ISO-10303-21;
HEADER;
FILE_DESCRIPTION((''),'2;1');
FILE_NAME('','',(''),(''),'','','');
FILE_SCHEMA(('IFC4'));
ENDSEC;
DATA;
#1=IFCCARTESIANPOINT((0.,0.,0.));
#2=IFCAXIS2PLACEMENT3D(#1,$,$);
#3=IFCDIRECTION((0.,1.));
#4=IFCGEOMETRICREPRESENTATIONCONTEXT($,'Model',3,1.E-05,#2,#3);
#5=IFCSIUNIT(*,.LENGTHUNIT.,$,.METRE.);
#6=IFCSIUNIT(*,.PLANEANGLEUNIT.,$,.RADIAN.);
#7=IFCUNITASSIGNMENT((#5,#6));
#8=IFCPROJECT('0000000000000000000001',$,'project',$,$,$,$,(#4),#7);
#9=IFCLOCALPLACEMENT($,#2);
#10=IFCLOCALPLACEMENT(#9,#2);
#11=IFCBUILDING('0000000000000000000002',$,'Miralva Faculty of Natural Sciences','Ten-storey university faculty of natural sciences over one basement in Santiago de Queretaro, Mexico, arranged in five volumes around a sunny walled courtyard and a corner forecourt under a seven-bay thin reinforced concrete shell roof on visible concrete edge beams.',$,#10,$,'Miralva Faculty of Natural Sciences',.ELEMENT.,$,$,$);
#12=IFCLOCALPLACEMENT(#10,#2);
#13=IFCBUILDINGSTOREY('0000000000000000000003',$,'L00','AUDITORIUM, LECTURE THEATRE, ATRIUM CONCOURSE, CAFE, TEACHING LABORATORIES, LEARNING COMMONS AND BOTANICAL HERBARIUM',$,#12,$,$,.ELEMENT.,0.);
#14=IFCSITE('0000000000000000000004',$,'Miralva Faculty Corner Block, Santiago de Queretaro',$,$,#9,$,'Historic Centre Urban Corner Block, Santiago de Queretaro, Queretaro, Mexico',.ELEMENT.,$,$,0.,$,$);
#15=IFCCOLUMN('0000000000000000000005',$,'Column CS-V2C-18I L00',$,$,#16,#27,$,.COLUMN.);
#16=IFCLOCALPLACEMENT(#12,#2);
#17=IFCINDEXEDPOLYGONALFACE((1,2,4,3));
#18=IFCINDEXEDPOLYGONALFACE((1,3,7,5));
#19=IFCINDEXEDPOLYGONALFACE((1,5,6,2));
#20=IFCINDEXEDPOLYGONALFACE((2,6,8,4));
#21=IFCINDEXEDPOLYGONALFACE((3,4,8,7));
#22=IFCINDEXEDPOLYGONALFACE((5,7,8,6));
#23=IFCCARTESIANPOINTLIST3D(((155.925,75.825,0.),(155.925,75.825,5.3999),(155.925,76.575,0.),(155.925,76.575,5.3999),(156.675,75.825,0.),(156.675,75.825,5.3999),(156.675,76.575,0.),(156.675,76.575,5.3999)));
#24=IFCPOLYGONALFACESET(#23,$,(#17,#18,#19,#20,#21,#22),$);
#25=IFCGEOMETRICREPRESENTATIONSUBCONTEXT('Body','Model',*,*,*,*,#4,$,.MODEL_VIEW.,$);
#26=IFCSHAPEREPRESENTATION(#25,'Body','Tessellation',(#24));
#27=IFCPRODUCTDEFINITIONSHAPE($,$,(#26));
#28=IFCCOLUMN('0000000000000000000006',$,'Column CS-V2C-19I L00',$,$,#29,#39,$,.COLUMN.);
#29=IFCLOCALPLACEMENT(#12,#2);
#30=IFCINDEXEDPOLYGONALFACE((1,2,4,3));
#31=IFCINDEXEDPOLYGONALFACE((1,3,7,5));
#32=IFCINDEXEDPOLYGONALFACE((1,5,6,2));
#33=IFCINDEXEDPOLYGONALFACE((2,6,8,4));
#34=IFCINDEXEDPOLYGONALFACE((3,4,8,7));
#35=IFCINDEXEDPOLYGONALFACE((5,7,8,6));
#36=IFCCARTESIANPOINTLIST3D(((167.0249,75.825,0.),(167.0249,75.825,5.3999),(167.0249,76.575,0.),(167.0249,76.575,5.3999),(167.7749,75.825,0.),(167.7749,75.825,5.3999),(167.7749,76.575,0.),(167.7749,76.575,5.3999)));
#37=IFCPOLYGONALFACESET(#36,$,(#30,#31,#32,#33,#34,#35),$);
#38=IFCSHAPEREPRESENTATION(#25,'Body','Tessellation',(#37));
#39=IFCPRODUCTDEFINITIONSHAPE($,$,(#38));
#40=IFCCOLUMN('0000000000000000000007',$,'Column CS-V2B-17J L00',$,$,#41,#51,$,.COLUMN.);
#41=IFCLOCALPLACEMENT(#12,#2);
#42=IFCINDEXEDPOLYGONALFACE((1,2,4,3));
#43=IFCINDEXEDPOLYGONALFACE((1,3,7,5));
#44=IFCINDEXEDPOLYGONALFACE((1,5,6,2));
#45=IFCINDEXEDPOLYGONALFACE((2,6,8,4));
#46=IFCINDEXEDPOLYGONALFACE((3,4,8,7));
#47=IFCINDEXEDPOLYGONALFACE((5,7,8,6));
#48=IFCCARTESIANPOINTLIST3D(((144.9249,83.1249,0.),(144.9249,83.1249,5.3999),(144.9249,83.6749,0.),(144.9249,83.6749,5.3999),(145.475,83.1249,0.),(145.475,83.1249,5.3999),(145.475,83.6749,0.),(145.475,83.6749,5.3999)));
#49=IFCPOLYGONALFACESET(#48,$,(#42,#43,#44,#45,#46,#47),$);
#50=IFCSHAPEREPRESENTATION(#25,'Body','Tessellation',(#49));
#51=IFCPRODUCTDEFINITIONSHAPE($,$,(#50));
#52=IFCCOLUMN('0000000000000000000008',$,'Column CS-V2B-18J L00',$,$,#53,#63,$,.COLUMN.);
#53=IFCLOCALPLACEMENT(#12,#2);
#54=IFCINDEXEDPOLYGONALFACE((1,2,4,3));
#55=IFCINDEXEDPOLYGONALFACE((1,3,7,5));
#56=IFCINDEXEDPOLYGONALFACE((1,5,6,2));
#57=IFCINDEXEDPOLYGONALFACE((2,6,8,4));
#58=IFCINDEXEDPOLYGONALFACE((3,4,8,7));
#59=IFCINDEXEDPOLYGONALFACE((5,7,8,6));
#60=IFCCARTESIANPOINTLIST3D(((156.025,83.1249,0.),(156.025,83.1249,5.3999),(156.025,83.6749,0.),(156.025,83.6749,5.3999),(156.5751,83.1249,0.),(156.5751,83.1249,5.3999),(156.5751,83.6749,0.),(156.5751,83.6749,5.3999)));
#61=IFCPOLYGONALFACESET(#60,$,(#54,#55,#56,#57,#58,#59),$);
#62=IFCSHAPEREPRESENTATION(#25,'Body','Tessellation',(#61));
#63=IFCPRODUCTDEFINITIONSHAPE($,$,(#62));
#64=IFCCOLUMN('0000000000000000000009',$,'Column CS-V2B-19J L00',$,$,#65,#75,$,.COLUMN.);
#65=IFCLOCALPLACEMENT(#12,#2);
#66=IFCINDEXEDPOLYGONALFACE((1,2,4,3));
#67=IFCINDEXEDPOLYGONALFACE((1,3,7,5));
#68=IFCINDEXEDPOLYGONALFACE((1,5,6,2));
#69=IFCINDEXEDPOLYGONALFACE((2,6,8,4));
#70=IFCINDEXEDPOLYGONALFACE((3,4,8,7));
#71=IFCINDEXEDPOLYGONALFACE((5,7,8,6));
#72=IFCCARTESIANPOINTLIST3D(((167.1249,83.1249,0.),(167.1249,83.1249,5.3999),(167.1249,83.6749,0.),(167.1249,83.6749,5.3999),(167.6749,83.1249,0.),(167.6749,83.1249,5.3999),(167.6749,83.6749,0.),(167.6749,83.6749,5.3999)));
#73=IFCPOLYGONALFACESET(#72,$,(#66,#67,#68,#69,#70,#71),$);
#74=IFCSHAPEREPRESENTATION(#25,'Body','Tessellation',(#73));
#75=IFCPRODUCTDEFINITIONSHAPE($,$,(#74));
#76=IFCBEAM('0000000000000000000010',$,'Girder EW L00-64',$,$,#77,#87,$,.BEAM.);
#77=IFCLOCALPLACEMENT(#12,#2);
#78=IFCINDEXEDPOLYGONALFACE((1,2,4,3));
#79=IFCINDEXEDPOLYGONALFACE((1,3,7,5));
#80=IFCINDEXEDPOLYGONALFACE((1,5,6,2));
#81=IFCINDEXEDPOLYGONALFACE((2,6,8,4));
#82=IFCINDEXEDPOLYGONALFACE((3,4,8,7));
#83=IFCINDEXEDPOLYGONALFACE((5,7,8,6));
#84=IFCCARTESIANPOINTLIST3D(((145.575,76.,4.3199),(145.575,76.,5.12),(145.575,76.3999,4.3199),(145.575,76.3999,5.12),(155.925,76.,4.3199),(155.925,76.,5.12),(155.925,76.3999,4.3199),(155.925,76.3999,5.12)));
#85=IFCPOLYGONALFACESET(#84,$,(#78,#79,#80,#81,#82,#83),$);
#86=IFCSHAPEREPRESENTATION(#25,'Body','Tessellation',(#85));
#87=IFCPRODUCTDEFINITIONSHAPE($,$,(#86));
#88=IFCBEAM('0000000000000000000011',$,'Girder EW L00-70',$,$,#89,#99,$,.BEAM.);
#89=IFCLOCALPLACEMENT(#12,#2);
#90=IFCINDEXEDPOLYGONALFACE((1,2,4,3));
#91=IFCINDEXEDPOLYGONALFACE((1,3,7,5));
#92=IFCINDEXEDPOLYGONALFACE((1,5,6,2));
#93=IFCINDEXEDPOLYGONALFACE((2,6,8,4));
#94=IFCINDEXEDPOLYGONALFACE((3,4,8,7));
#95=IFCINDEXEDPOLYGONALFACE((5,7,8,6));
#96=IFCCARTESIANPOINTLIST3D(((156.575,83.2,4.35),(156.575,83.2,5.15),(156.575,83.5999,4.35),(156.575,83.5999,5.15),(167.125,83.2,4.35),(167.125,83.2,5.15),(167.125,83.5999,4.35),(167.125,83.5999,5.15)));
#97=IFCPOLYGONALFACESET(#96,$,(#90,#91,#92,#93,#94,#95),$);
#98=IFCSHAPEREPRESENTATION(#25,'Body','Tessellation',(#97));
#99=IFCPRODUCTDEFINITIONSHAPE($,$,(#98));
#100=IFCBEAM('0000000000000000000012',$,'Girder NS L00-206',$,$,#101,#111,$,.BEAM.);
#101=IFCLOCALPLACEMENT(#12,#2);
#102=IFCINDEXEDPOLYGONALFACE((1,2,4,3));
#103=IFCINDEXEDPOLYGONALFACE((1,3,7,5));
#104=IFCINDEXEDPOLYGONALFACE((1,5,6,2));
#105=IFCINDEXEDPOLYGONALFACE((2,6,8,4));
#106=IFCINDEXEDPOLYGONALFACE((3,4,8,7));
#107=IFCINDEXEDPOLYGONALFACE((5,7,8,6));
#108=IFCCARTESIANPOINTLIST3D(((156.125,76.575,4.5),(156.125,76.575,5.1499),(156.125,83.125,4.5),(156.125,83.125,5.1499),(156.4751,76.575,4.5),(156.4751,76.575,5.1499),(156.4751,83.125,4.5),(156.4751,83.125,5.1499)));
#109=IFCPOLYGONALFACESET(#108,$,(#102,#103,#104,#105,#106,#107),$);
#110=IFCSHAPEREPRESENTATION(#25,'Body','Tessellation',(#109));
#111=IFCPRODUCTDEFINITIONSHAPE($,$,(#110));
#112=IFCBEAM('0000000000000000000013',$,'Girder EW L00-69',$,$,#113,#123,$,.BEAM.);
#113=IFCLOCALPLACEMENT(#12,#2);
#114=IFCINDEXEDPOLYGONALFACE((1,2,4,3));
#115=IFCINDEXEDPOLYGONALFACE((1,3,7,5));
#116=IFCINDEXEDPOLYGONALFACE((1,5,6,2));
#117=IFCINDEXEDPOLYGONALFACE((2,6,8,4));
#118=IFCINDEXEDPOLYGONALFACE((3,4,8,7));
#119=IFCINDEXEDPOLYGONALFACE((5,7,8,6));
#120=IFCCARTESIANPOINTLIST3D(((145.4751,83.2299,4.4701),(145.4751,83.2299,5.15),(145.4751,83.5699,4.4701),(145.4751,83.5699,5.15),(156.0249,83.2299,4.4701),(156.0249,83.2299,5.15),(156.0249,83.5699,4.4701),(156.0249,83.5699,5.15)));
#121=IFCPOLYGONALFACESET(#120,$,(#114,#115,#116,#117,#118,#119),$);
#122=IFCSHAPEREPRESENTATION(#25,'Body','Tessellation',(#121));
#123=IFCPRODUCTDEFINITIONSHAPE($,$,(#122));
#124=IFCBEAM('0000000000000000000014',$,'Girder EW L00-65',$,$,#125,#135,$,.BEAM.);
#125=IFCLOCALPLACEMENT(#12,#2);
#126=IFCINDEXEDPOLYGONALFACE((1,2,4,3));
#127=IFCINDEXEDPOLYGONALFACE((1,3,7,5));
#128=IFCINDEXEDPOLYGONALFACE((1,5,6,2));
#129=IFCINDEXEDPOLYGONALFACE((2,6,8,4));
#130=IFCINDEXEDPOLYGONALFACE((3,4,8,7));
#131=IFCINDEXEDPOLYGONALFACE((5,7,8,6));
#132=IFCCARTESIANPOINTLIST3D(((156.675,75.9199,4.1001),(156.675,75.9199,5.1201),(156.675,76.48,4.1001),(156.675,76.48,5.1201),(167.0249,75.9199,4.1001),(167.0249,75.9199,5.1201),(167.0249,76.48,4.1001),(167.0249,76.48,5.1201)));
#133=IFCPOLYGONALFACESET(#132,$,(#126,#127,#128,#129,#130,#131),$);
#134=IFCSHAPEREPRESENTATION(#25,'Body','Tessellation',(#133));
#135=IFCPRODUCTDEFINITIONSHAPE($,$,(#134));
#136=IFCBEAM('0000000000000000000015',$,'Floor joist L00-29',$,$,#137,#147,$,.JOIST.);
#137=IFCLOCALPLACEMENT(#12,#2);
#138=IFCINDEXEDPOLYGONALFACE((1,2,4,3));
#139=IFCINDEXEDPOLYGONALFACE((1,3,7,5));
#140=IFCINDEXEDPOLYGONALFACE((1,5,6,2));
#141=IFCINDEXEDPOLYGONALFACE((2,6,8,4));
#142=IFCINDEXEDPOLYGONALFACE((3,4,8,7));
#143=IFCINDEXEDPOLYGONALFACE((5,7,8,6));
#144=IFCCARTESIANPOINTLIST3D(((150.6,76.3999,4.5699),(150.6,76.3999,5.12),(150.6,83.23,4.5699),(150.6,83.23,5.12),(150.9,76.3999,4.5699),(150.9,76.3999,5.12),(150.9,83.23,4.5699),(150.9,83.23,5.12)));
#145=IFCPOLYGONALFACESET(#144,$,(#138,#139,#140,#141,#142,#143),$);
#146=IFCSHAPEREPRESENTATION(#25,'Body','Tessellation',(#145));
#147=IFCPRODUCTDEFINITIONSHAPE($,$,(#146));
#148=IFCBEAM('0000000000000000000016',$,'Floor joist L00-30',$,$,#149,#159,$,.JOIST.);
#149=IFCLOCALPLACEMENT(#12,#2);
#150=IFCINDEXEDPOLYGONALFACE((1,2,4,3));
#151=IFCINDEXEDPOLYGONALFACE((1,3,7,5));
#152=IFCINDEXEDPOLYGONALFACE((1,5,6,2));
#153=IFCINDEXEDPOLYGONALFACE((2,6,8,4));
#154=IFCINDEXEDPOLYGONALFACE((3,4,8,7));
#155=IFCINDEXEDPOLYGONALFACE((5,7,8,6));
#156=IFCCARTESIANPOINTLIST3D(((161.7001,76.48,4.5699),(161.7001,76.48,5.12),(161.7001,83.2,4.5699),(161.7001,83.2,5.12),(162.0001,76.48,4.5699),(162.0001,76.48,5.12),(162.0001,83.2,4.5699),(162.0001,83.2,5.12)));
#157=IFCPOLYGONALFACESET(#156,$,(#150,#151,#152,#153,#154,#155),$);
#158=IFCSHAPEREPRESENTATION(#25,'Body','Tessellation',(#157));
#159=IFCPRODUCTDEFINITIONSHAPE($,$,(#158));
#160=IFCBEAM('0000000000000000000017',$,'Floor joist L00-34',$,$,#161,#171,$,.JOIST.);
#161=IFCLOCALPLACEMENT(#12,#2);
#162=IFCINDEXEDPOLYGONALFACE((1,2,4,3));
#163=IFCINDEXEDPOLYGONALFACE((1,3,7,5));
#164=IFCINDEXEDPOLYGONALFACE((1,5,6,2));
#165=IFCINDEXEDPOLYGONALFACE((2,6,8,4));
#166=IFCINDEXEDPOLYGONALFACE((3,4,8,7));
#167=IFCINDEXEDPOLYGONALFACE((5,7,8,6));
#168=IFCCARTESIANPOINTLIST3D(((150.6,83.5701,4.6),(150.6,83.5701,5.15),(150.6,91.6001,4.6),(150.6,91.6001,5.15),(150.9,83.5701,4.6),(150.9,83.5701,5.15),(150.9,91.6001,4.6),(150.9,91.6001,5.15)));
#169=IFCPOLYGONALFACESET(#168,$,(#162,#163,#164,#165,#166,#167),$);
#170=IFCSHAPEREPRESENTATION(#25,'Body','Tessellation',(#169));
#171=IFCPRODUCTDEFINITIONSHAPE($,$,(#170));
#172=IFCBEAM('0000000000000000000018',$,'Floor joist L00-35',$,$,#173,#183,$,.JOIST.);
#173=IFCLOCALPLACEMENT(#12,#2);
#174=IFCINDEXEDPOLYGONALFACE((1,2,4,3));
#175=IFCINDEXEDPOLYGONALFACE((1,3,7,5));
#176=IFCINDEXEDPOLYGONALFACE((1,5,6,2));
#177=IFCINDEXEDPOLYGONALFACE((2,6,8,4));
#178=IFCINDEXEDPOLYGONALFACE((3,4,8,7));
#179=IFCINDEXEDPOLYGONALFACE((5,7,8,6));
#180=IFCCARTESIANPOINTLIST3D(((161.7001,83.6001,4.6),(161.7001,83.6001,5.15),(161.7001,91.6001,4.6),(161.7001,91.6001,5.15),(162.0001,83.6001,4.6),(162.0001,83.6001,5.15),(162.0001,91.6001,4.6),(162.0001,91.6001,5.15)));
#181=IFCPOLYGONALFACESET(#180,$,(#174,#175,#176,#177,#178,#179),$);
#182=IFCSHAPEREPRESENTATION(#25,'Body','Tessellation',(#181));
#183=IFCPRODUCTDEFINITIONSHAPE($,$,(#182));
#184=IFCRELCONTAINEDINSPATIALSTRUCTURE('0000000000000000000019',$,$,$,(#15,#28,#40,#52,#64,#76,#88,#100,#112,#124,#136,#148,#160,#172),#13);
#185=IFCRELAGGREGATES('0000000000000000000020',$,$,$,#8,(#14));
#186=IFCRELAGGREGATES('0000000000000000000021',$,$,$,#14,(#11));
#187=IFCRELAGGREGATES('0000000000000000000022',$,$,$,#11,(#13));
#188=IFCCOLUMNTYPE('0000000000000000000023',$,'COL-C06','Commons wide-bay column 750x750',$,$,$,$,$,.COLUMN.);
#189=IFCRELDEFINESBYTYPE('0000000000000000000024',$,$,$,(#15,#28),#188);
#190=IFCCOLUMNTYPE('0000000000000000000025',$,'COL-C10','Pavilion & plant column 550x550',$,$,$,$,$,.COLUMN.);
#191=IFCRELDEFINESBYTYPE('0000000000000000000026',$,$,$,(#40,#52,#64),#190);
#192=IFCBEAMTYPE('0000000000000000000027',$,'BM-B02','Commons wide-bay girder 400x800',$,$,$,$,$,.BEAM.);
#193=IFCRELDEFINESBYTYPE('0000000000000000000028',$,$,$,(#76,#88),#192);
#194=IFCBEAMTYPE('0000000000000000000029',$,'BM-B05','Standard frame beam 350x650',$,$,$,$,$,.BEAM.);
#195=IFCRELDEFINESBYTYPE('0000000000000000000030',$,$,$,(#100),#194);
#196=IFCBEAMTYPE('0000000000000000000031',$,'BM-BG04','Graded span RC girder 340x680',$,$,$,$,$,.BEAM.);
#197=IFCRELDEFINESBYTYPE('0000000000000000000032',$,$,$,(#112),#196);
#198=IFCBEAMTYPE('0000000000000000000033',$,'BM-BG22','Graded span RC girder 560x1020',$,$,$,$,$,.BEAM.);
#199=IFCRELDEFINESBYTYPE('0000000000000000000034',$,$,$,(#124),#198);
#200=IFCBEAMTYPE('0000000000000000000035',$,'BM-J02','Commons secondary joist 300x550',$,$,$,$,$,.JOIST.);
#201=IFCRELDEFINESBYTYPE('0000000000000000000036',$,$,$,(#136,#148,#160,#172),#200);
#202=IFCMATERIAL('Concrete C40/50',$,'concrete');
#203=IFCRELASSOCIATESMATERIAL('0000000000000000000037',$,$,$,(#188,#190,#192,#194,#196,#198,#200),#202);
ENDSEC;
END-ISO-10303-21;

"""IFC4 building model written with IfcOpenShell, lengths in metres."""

from ifc_helpers import new_model, si_unit, direction, frame, origin, origin_2d, place, context, subcontext, project, spatial, rectangle, extrude, material, material_profile, profile_set, type_object, element, save


model = new_model("IFC4")

# Units and contexts
model_context = context("Model", 3, precision=1e-05, world=origin(), true_north=direction((0.0, 1.0)))
body_context = subcontext(model_context, "Body", "Model", "MODEL_VIEW")
ifc_project = project(units=[si_unit("LENGTHUNIT", "METRE"), si_unit("PLANEANGLEUNIT", "RADIAN")], contexts=[model_context])

# Site, building, storey
site_placement = place(None, origin())
site = spatial("IfcSite", under=ifc_project, at=site_placement, Name="Miralva Faculty Corner Block, Santiago de Queretaro", LongName="Historic Centre Urban Corner Block, Santiago de Queretaro, Queretaro, Mexico", CompositionType="ELEMENT", RefElevation=0.0)
building_placement = place(site_placement, origin())
building = spatial("IfcBuilding", under=site, at=building_placement, Name="Miralva Faculty of Natural Sciences", Description="Ten-storey university faculty of natural sciences over one basement in Santiago de Queretaro, Mexico, arranged in five volumes around a sunny walled courtyard and a corner forecourt under a seven-bay thin reinforced concrete shell roof on visible concrete edge beams.", LongName="Miralva Faculty of Natural Sciences", CompositionType="ELEMENT")
storey_placement = place(building_placement, origin())
storey = spatial("IfcBuildingStorey", under=building, at=storey_placement, Name="L00", Description="AUDITORIUM, LECTURE THEATRE, ATRIUM CONCOURSE, CAFE, TEACHING LABORATORIES, LEARNING COMMONS AND BOTANICAL HERBARIUM", CompositionType="ELEMENT", Elevation=0.0)

# Columns
ifc_material_1 = material(Name="Concrete C40/50", Category="concrete")
ifc_material_profile_1 = material_profile(ifc_material_1, rectangle(XDim=0.75, YDim=0.75, at=origin_2d()), Name="RC 750x750")
ifc_profile_set_1 = profile_set([ifc_material_profile_1], Name="Concrete C40/50")
column_type_1 = type_object("IfcColumnType", Name="COL-C06", Description="Commons wide-bay column 750x750", PredefinedType="COLUMN", material=ifc_profile_set_1)
for number, where, z_axis, x_axis, name in (
    (1, (156.3, 76.2, 0.0), (0.0, 0.0, 1.0), (1.0, 0.0, 0.0), "Column CS-V2C-18I L00"),
    (2, (167.3999, 76.2, 0.0), (0.0, 0.0, 1.0), (1.0, 0.0, 0.0), "Column CS-V2C-19I L00"),
):
    element("IfcColumn", number, at=place(storey_placement, frame(where, z_axis=z_axis, x_axis=x_axis)), inside=storey, type_object=column_type_1, Name=name, PredefinedType="COLUMN", context=body_context, shape_type="SweptSolid", body=[
        extrude(rectangle(XDim=0.75, YDim=0.75, at=origin_2d()), origin(), (0.0, 0.0, 1.0), 5.3999),
    ])
ifc_material_profile_2 = material_profile(ifc_material_1, rectangle(XDim=0.55, YDim=0.55, at=origin_2d()), Name="RC 550x550")
ifc_profile_set_2 = profile_set([ifc_material_profile_2], Name="Concrete C40/50")
column_type_2 = type_object("IfcColumnType", Name="COL-C10", Description="Pavilion & plant column 550x550", PredefinedType="COLUMN", material=ifc_profile_set_2)
for number, where, z_axis, x_axis, name in (
    (3, (145.2, 83.3999, 0.0), (0.0, 0.0, 1.0), (1.0, 0.0, 0.0), "Column CS-V2B-17J L00"),
    (4, (156.3, 83.3999, 0.0), (0.0, 0.0, 1.0), (1.0, 0.0, 0.0), "Column CS-V2B-18J L00"),
    (5, (167.3999, 83.3999, 0.0), (0.0, 0.0, 1.0), (1.0, 0.0, 0.0), "Column CS-V2B-19J L00"),
):
    element("IfcColumn", number, at=place(storey_placement, frame(where, z_axis=z_axis, x_axis=x_axis)), inside=storey, type_object=column_type_2, Name=name, PredefinedType="COLUMN", context=body_context, shape_type="SweptSolid", body=[
        extrude(rectangle(XDim=0.55, YDim=0.55, at=origin_2d()), origin(), (0.0, 0.0, 1.0), 5.3999),
    ])

# Beams
ifc_material_profile_3 = material_profile(ifc_material_1, rectangle(XDim=0.3999, YDim=0.8, at=origin_2d()), Name="RC 400x800")
ifc_profile_set_3 = profile_set([ifc_material_profile_3], Name="Concrete C40/50")
beam_type_1 = type_object("IfcBeamType", Name="BM-B02", Description="Commons wide-bay girder 400x800", PredefinedType="BEAM", material=ifc_profile_set_3)
beam_1_placement = place(storey_placement, frame((145.575, 76.2, 4.72), z_axis=(1.0, 0.0, 0.0), x_axis=(0.0, 1.0, 0.0)))
element("IfcBeam", 6, at=beam_1_placement, inside=storey, type_object=beam_type_1, Name="Girder EW L00-64", PredefinedType="BEAM", context=body_context, shape_type="SweptSolid", body=[
    extrude(rectangle(XDim=0.3999, YDim=0.8, at=origin_2d()), origin(), (0.0, 0.0, 1.0), 10.3501),
])
beam_2_placement = place(storey_placement, frame((156.575, 83.3999, 4.75), z_axis=(1.0, 0.0, 0.0), x_axis=(0.0, 1.0, 0.0)))
element("IfcBeam", 7, at=beam_2_placement, inside=storey, type_object=beam_type_1, Name="Girder EW L00-70", PredefinedType="BEAM", context=body_context, shape_type="SweptSolid", body=[
    extrude(rectangle(XDim=0.3999, YDim=0.8, at=origin_2d()), origin(), (0.0, 0.0, 1.0), 10.55),
])
ifc_material_profile_4 = material_profile(ifc_material_1, rectangle(XDim=0.3501, YDim=0.6499, at=origin_2d()), Name="RC 350x650")
ifc_profile_set_4 = profile_set([ifc_material_profile_4], Name="Concrete C40/50")
beam_type_2 = type_object("IfcBeamType", Name="BM-B05", Description="Standard frame beam 350x650", PredefinedType="BEAM", material=ifc_profile_set_4)
beam_3_placement = place(storey_placement, frame((156.3, 76.575, 4.825), z_axis=(0.0, 1.0, 0.0), x_axis=(-1.0, 0.0, 0.0)))
element("IfcBeam", 8, at=beam_3_placement, inside=storey, type_object=beam_type_2, Name="Girder NS L00-206", PredefinedType="BEAM", context=body_context, shape_type="SweptSolid", body=[
    extrude(rectangle(XDim=0.3501, YDim=0.6499, at=origin_2d()), origin(), (0.0, 0.0, 1.0), 6.55),
])
ifc_material_profile_5 = material_profile(ifc_material_1, rectangle(XDim=0.3401, YDim=0.6799, at=origin_2d()), Name="RC 340x680")
ifc_profile_set_5 = profile_set([ifc_material_profile_5], Name="Concrete C40/50")
beam_type_3 = type_object("IfcBeamType", Name="BM-BG04", Description="Graded span RC girder 340x680", PredefinedType="BEAM", material=ifc_profile_set_5)
beam_4_placement = place(storey_placement, frame((145.4751, 83.3999, 4.8101), z_axis=(1.0, 0.0, 0.0), x_axis=(0.0, 1.0, 0.0)))
element("IfcBeam", 9, at=beam_4_placement, inside=storey, type_object=beam_type_3, Name="Girder EW L00-69", PredefinedType="BEAM", context=body_context, shape_type="SweptSolid", body=[
    extrude(rectangle(XDim=0.3401, YDim=0.6799, at=origin_2d()), origin(), (0.0, 0.0, 1.0), 10.5498),
])
ifc_material_profile_6 = material_profile(ifc_material_1, rectangle(XDim=0.5601, YDim=1.02, at=origin_2d()), Name="RC 560x1020")
ifc_profile_set_6 = profile_set([ifc_material_profile_6], Name="Concrete C40/50")
beam_type_4 = type_object("IfcBeamType", Name="BM-BG22", Description="Graded span RC girder 560x1020", PredefinedType="BEAM", material=ifc_profile_set_6)
beam_5_placement = place(storey_placement, frame((156.675, 76.2, 4.6101), z_axis=(1.0, 0.0, 0.0), x_axis=(0.0, 1.0, 0.0)))
element("IfcBeam", 10, at=beam_5_placement, inside=storey, type_object=beam_type_4, Name="Girder EW L00-65", PredefinedType="BEAM", context=body_context, shape_type="SweptSolid", body=[
    extrude(rectangle(XDim=0.5601, YDim=1.02, at=origin_2d()), origin(), (0.0, 0.0, 1.0), 10.3499),
])
ifc_material_profile_7 = material_profile(ifc_material_1, rectangle(XDim=0.3, YDim=0.55, at=origin_2d()), Name="RC 300x550")
ifc_profile_set_7 = profile_set([ifc_material_profile_7], Name="Concrete C40/50")
beam_type_5 = type_object("IfcBeamType", Name="BM-J02", Description="Commons secondary joist 300x550", PredefinedType="JOIST", material=ifc_profile_set_7)
beam_6_placement = place(storey_placement, frame((150.75, 76.3999, 4.845), z_axis=(0.0, 1.0, 0.0), x_axis=(-1.0, 0.0, 0.0)))
element("IfcBeam", 11, at=beam_6_placement, inside=storey, type_object=beam_type_5, Name="Floor joist L00-29", PredefinedType="JOIST", context=body_context, shape_type="SweptSolid", body=[
    extrude(rectangle(XDim=0.3, YDim=0.55, at=origin_2d()), origin(), (0.0, 0.0, 1.0), 6.8301),
])
beam_7_placement = place(storey_placement, frame((161.8501, 76.48, 4.845), z_axis=(0.0, 1.0, 0.0), x_axis=(-1.0, 0.0, 0.0)))
element("IfcBeam", 12, at=beam_7_placement, inside=storey, type_object=beam_type_5, Name="Floor joist L00-30", PredefinedType="JOIST", context=body_context, shape_type="SweptSolid", body=[
    extrude(rectangle(XDim=0.3, YDim=0.55, at=origin_2d()), origin(), (0.0, 0.0, 1.0), 6.72),
])
beam_8_placement = place(storey_placement, frame((150.75, 83.5701, 4.875), z_axis=(0.0, 1.0, 0.0), x_axis=(-1.0, 0.0, 0.0)))
element("IfcBeam", 13, at=beam_8_placement, inside=storey, type_object=beam_type_5, Name="Floor joist L00-34", PredefinedType="JOIST", context=body_context, shape_type="SweptSolid", body=[
    extrude(rectangle(XDim=0.3, YDim=0.55, at=origin_2d()), origin(), (0.0, 0.0, 1.0), 8.03),
])
beam_9_placement = place(storey_placement, frame((161.8501, 83.6001, 4.875), z_axis=(0.0, 1.0, 0.0), x_axis=(-1.0, 0.0, 0.0)))
element("IfcBeam", 14, at=beam_9_placement, inside=storey, type_object=beam_type_5, Name="Floor joist L00-35", PredefinedType="JOIST", context=body_context, shape_type="SweptSolid", body=[
    extrude(rectangle(XDim=0.3, YDim=0.55, at=origin_2d()), origin(), (0.0, 0.0, 1.0), 8.0),
])

save(model, "model.ifc")
